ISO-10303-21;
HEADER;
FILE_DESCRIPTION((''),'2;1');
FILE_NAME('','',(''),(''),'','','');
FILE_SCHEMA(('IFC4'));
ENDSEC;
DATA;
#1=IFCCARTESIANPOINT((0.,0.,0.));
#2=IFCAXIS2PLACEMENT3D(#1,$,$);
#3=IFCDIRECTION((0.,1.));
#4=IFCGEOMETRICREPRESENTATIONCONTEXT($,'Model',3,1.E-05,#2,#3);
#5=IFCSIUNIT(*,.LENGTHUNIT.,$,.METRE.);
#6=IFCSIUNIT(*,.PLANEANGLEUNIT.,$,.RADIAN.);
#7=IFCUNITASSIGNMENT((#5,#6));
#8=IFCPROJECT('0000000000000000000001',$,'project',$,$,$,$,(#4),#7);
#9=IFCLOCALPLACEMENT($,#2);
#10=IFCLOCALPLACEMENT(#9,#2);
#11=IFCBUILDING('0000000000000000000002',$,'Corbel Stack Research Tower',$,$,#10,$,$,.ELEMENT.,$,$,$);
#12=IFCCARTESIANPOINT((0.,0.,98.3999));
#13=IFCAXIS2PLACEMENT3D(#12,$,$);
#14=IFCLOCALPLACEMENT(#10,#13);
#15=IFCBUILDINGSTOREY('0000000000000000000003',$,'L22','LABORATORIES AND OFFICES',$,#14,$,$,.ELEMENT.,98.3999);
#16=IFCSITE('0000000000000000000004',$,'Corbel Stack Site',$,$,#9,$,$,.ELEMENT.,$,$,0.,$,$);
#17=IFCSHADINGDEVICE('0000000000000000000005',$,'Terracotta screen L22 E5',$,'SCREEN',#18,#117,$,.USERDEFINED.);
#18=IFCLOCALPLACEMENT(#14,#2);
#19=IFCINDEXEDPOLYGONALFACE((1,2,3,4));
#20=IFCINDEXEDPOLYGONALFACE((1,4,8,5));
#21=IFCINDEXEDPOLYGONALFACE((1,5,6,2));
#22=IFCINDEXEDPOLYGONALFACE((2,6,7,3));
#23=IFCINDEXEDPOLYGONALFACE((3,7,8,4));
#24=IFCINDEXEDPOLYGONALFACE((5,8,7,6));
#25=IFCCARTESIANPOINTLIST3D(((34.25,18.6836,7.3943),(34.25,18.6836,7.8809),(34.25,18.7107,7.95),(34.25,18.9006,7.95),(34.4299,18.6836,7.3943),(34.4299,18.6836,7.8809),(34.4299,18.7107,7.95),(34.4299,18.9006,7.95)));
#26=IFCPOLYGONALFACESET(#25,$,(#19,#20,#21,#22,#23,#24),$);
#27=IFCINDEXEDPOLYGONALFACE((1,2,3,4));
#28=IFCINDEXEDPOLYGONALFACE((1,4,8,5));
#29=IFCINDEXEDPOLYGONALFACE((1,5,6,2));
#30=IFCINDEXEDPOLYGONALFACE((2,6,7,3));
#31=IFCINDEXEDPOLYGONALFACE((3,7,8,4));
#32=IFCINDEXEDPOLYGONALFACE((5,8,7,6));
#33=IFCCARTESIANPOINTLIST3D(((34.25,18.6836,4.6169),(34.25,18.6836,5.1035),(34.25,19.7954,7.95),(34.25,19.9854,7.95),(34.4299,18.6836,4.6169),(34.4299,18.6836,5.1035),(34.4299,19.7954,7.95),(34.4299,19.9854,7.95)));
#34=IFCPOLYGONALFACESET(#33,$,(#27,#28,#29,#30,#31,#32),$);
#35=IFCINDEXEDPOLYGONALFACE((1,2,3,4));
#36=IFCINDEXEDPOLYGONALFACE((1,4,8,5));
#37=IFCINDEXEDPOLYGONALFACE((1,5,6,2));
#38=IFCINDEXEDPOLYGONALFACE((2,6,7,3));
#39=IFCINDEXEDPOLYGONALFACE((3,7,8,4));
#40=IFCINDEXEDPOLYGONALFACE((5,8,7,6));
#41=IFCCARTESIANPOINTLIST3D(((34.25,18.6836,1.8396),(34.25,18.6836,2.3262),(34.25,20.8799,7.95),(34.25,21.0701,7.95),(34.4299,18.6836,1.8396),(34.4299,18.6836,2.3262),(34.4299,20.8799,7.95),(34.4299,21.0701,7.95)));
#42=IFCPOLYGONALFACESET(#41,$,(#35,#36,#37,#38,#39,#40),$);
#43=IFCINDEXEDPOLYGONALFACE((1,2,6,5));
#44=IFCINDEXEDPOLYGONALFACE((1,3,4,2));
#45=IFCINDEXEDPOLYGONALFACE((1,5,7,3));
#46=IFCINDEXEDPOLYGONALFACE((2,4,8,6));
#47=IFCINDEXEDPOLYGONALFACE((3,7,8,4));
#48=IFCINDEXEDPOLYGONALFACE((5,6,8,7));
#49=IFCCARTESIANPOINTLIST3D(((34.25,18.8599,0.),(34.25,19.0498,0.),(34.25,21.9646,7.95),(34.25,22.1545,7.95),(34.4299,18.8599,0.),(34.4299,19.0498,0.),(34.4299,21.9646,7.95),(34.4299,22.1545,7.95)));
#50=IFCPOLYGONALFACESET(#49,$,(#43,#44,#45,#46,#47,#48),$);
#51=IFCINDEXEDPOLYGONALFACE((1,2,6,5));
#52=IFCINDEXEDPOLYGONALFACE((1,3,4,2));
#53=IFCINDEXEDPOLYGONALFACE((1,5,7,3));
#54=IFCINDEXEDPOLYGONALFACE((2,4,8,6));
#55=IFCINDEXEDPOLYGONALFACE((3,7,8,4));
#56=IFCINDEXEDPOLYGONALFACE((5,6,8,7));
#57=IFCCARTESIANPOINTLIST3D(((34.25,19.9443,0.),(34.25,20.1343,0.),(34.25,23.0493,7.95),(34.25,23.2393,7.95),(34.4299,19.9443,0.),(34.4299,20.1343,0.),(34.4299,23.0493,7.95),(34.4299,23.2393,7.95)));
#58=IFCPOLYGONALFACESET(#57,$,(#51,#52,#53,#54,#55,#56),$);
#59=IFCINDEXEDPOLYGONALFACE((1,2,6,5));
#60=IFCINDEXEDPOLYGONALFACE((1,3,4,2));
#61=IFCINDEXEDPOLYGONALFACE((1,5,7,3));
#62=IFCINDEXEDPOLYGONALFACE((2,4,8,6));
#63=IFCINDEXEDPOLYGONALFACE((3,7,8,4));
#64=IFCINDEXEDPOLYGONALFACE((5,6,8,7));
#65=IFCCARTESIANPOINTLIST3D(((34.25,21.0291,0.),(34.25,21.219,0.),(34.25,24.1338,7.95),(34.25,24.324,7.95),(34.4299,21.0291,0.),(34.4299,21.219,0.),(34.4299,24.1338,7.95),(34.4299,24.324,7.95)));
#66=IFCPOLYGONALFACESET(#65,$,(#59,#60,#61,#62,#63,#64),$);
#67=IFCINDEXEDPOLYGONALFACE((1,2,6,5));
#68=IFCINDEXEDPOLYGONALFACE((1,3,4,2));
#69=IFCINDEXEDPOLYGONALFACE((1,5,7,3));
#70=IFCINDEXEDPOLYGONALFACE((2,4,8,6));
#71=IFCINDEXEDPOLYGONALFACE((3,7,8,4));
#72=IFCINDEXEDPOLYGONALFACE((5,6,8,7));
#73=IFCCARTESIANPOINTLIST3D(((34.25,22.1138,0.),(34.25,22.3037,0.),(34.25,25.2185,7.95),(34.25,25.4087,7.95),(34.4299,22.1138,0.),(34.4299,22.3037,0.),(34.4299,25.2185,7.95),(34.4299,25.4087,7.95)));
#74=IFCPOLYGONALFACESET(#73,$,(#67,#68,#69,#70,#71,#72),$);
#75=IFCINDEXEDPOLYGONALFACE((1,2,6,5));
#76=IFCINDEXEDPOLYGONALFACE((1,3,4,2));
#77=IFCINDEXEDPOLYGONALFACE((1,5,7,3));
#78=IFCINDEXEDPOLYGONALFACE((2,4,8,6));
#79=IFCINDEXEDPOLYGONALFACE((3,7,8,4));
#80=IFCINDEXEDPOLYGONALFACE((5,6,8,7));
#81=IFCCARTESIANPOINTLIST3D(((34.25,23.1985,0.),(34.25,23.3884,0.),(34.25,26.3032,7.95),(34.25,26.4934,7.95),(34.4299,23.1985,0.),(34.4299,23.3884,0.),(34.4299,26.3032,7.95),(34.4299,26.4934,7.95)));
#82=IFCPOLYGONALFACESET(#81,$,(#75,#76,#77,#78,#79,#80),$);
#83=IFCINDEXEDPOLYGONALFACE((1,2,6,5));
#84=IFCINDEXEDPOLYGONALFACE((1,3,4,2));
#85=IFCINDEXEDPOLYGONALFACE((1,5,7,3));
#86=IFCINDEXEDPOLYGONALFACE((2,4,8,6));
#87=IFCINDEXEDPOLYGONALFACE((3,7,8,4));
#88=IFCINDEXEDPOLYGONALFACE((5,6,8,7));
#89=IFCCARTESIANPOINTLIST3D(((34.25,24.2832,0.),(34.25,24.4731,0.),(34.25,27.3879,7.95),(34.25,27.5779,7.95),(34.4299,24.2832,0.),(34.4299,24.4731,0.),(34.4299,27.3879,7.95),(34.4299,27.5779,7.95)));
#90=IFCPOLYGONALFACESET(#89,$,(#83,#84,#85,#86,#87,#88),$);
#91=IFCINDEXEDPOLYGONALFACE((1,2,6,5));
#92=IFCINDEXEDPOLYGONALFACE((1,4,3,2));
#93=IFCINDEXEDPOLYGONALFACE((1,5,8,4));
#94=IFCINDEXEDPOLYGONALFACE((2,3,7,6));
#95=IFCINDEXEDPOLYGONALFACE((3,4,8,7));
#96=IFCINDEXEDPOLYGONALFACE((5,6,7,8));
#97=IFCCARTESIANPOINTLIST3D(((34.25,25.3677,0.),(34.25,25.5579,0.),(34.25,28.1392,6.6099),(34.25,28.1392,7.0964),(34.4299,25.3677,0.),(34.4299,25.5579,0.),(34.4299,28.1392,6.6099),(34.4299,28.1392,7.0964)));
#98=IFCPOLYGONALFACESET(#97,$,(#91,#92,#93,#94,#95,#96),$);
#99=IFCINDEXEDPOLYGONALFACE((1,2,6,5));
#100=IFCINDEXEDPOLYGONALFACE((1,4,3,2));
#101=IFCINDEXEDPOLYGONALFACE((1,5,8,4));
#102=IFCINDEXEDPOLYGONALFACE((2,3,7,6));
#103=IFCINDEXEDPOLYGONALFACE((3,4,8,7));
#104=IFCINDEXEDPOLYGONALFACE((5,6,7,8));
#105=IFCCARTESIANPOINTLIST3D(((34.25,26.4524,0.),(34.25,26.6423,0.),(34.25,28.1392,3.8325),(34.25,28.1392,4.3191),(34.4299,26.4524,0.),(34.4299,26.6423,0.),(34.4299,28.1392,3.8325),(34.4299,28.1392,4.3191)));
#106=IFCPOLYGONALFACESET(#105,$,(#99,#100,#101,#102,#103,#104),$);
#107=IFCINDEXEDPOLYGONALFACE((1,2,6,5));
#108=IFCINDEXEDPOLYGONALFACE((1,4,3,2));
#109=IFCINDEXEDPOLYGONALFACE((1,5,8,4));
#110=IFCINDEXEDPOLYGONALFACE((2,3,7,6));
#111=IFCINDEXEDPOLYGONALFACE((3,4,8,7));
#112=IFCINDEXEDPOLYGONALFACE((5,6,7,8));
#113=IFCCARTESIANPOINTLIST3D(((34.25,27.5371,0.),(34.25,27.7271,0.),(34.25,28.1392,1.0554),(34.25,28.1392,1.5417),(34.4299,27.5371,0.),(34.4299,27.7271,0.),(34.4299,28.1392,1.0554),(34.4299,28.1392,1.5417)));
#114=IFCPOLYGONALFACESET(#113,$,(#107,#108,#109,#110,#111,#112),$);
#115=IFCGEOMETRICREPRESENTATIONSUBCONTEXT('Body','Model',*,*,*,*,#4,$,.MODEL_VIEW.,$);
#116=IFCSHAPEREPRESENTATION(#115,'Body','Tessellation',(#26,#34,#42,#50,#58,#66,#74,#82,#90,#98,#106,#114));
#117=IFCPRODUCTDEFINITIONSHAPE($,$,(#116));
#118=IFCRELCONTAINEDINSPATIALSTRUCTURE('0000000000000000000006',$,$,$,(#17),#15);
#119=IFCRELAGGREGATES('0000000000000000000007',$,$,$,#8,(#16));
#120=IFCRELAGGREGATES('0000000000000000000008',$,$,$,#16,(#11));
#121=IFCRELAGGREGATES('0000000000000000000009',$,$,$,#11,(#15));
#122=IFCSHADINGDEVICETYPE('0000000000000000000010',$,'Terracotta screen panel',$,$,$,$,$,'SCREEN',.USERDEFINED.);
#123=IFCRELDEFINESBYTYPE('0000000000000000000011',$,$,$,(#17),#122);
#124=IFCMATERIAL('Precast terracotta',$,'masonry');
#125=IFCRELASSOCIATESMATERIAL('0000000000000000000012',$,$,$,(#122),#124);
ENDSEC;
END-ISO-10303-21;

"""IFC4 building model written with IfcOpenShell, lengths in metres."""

from ifc_helpers import new_model, si_unit, direction, frame, origin, place, context, subcontext, project, spatial, polyline, outline, extrude, source, transform, mapped, material, type_object, element, save


model = new_model("IFC4")

# Units and contexts
model_context = context("Model", 3, precision=1e-05, world=origin(), true_north=direction((0.0, 1.0)))
body_context = subcontext(model_context, "Body", "Model", "MODEL_VIEW")
ifc_project = project(units=[si_unit("LENGTHUNIT", "METRE"), si_unit("PLANEANGLEUNIT", "RADIAN")], contexts=[model_context])

# Site, building, storey
site_placement = place(None, origin())
site = spatial("IfcSite", under=ifc_project, at=site_placement, Name="Corbel Stack Site", CompositionType="ELEMENT", RefElevation=0.0)
building_placement = place(site_placement, origin())
building = spatial("IfcBuilding", under=site, at=building_placement, Name="Corbel Stack Research Tower", CompositionType="ELEMENT")
storey_placement = place(building_placement, frame((0.0, 0.0, 98.3999)))
storey = spatial("IfcBuildingStorey", under=building, at=storey_placement, Name="L22", Description="LABORATORIES AND OFFICES", CompositionType="ELEMENT", Elevation=98.3999)

# Shading device
ifc_material_1 = material(Name="Precast terracotta", Category="masonry")
shading_device_type = type_object("IfcShadingDeviceType", Name="Terracotta screen panel", ElementType="SCREEN", PredefinedType="USERDEFINED", material=ifc_material_1)
shared_shape_1 = source(origin(), body_context, "Body", "SweptSolid", [
    extrude(outline(polyline([(0.217, 7.95), (0.0271, 7.95), (0.0, 7.8809), (0.0, 7.3943), (0.217, 7.95)])), frame((0.0, 0.0, 0.0), z_axis=(0.0, -1.0, 0.0), x_axis=(1.0, 0.0, 0.0)), (0.0, 0.0, 1.0), 0.1799),
    extrude(outline(polyline([(1.3018, 7.95), (1.1118, 7.95), (0.0, 5.1035), (0.0, 4.6169), (1.3018, 7.95)])), frame((0.0, 0.0, 0.0), z_axis=(0.0, -1.0, 0.0), x_axis=(1.0, 0.0, 0.0)), (0.0, 0.0, 1.0), 0.1799),
    extrude(outline(polyline([(2.3865, 7.95), (2.1963, 7.95), (0.0, 2.3262), (0.0, 1.8396), (2.3865, 7.95)])), frame((0.0, 0.0, 0.0), z_axis=(0.0, -1.0, 0.0), x_axis=(1.0, 0.0, 0.0)), (0.0, 0.0, 1.0), 0.1799),
    extrude(outline(polyline([(0.3662, 0.0), (3.4709, 7.95), (3.281, 7.95), (0.1763, 0.0), (0.3662, 0.0)])), frame((0.0, 0.0, 0.0), z_axis=(0.0, -1.0, 0.0), x_axis=(1.0, 0.0, 0.0)), (0.0, 0.0, 1.0), 0.1799),
    extrude(outline(polyline([(1.4507, 0.0), (4.5557, 7.95), (4.3657, 7.95), (1.2607, 0.0), (1.4507, 0.0)])), frame((0.0, 0.0, 0.0), z_axis=(0.0, -1.0, 0.0), x_axis=(1.0, 0.0, 0.0)), (0.0, 0.0, 1.0), 0.1799),
    extrude(outline(polyline([(2.5354, 0.0), (5.6404, 7.95), (5.4502, 7.95), (2.3455, 0.0), (2.5354, 0.0)])), frame((0.0, 0.0, 0.0), z_axis=(0.0, -1.0, 0.0), x_axis=(1.0, 0.0, 0.0)), (0.0, 0.0, 1.0), 0.1799),
    extrude(outline(polyline([(3.6201, 0.0), (6.7251, 7.95), (6.5349, 7.95), (3.4302, 0.0), (3.6201, 0.0)])), frame((0.0, 0.0, 0.0), z_axis=(0.0, -1.0, 0.0), x_axis=(1.0, 0.0, 0.0)), (0.0, 0.0, 1.0), 0.1799),
    extrude(outline(polyline([(4.7048, 0.0), (7.8098, 7.95), (7.6196, 7.95), (4.5149, 0.0), (4.7048, 0.0)])), frame((0.0, 0.0, 0.0), z_axis=(0.0, -1.0, 0.0), x_axis=(1.0, 0.0, 0.0)), (0.0, 0.0, 1.0), 0.1799),
    extrude(outline(polyline([(5.7896, 0.0), (8.8943, 7.95), (8.7043, 7.95), (5.5996, 0.0), (5.7896, 0.0)])), frame((0.0, 0.0, 0.0), z_axis=(0.0, -1.0, 0.0), x_axis=(1.0, 0.0, 0.0)), (0.0, 0.0, 1.0), 0.1799),
    extrude(outline(polyline([(6.8743, 0.0), (9.4556, 6.6099), (9.4556, 7.0964), (6.6841, 0.0), (6.8743, 0.0)])), frame((0.0, 0.0, 0.0), z_axis=(0.0, -1.0, 0.0), x_axis=(1.0, 0.0, 0.0)), (0.0, 0.0, 1.0), 0.1799),
    extrude(outline(polyline([(7.9587, 0.0), (9.4556, 3.8325), (9.4556, 4.3191), (7.7688, 0.0), (7.9587, 0.0)])), frame((0.0, 0.0, 0.0), z_axis=(0.0, -1.0, 0.0), x_axis=(1.0, 0.0, 0.0)), (0.0, 0.0, 1.0), 0.1799),
    extrude(outline(polyline([(9.0435, 0.0), (9.4556, 1.0554), (9.4556, 1.5417), (8.8535, 0.0), (9.0435, 0.0)])), frame((0.0, 0.0, 0.0), z_axis=(0.0, -1.0, 0.0), x_axis=(1.0, 0.0, 0.0)), (0.0, 0.0, 1.0), 0.1799),
])
shading_device_1_placement = place(storey_placement, frame((34.25, 18.6836, 0.0), z_axis=(0.0, 0.0, 1.0), x_axis=(0.0, 1.0, 0.0)))
element("IfcShadingDevice", 1, at=shading_device_1_placement, inside=storey, type_object=shading_device_type, Name="Terracotta screen L22 E5", ObjectType="SCREEN", PredefinedType="USERDEFINED", context=body_context, shape_type="MappedRepresentation", body=[
    mapped(shared_shape_1, transform((0.0, 0.0, 0.0))),
])

save(model, "model.ifc")
